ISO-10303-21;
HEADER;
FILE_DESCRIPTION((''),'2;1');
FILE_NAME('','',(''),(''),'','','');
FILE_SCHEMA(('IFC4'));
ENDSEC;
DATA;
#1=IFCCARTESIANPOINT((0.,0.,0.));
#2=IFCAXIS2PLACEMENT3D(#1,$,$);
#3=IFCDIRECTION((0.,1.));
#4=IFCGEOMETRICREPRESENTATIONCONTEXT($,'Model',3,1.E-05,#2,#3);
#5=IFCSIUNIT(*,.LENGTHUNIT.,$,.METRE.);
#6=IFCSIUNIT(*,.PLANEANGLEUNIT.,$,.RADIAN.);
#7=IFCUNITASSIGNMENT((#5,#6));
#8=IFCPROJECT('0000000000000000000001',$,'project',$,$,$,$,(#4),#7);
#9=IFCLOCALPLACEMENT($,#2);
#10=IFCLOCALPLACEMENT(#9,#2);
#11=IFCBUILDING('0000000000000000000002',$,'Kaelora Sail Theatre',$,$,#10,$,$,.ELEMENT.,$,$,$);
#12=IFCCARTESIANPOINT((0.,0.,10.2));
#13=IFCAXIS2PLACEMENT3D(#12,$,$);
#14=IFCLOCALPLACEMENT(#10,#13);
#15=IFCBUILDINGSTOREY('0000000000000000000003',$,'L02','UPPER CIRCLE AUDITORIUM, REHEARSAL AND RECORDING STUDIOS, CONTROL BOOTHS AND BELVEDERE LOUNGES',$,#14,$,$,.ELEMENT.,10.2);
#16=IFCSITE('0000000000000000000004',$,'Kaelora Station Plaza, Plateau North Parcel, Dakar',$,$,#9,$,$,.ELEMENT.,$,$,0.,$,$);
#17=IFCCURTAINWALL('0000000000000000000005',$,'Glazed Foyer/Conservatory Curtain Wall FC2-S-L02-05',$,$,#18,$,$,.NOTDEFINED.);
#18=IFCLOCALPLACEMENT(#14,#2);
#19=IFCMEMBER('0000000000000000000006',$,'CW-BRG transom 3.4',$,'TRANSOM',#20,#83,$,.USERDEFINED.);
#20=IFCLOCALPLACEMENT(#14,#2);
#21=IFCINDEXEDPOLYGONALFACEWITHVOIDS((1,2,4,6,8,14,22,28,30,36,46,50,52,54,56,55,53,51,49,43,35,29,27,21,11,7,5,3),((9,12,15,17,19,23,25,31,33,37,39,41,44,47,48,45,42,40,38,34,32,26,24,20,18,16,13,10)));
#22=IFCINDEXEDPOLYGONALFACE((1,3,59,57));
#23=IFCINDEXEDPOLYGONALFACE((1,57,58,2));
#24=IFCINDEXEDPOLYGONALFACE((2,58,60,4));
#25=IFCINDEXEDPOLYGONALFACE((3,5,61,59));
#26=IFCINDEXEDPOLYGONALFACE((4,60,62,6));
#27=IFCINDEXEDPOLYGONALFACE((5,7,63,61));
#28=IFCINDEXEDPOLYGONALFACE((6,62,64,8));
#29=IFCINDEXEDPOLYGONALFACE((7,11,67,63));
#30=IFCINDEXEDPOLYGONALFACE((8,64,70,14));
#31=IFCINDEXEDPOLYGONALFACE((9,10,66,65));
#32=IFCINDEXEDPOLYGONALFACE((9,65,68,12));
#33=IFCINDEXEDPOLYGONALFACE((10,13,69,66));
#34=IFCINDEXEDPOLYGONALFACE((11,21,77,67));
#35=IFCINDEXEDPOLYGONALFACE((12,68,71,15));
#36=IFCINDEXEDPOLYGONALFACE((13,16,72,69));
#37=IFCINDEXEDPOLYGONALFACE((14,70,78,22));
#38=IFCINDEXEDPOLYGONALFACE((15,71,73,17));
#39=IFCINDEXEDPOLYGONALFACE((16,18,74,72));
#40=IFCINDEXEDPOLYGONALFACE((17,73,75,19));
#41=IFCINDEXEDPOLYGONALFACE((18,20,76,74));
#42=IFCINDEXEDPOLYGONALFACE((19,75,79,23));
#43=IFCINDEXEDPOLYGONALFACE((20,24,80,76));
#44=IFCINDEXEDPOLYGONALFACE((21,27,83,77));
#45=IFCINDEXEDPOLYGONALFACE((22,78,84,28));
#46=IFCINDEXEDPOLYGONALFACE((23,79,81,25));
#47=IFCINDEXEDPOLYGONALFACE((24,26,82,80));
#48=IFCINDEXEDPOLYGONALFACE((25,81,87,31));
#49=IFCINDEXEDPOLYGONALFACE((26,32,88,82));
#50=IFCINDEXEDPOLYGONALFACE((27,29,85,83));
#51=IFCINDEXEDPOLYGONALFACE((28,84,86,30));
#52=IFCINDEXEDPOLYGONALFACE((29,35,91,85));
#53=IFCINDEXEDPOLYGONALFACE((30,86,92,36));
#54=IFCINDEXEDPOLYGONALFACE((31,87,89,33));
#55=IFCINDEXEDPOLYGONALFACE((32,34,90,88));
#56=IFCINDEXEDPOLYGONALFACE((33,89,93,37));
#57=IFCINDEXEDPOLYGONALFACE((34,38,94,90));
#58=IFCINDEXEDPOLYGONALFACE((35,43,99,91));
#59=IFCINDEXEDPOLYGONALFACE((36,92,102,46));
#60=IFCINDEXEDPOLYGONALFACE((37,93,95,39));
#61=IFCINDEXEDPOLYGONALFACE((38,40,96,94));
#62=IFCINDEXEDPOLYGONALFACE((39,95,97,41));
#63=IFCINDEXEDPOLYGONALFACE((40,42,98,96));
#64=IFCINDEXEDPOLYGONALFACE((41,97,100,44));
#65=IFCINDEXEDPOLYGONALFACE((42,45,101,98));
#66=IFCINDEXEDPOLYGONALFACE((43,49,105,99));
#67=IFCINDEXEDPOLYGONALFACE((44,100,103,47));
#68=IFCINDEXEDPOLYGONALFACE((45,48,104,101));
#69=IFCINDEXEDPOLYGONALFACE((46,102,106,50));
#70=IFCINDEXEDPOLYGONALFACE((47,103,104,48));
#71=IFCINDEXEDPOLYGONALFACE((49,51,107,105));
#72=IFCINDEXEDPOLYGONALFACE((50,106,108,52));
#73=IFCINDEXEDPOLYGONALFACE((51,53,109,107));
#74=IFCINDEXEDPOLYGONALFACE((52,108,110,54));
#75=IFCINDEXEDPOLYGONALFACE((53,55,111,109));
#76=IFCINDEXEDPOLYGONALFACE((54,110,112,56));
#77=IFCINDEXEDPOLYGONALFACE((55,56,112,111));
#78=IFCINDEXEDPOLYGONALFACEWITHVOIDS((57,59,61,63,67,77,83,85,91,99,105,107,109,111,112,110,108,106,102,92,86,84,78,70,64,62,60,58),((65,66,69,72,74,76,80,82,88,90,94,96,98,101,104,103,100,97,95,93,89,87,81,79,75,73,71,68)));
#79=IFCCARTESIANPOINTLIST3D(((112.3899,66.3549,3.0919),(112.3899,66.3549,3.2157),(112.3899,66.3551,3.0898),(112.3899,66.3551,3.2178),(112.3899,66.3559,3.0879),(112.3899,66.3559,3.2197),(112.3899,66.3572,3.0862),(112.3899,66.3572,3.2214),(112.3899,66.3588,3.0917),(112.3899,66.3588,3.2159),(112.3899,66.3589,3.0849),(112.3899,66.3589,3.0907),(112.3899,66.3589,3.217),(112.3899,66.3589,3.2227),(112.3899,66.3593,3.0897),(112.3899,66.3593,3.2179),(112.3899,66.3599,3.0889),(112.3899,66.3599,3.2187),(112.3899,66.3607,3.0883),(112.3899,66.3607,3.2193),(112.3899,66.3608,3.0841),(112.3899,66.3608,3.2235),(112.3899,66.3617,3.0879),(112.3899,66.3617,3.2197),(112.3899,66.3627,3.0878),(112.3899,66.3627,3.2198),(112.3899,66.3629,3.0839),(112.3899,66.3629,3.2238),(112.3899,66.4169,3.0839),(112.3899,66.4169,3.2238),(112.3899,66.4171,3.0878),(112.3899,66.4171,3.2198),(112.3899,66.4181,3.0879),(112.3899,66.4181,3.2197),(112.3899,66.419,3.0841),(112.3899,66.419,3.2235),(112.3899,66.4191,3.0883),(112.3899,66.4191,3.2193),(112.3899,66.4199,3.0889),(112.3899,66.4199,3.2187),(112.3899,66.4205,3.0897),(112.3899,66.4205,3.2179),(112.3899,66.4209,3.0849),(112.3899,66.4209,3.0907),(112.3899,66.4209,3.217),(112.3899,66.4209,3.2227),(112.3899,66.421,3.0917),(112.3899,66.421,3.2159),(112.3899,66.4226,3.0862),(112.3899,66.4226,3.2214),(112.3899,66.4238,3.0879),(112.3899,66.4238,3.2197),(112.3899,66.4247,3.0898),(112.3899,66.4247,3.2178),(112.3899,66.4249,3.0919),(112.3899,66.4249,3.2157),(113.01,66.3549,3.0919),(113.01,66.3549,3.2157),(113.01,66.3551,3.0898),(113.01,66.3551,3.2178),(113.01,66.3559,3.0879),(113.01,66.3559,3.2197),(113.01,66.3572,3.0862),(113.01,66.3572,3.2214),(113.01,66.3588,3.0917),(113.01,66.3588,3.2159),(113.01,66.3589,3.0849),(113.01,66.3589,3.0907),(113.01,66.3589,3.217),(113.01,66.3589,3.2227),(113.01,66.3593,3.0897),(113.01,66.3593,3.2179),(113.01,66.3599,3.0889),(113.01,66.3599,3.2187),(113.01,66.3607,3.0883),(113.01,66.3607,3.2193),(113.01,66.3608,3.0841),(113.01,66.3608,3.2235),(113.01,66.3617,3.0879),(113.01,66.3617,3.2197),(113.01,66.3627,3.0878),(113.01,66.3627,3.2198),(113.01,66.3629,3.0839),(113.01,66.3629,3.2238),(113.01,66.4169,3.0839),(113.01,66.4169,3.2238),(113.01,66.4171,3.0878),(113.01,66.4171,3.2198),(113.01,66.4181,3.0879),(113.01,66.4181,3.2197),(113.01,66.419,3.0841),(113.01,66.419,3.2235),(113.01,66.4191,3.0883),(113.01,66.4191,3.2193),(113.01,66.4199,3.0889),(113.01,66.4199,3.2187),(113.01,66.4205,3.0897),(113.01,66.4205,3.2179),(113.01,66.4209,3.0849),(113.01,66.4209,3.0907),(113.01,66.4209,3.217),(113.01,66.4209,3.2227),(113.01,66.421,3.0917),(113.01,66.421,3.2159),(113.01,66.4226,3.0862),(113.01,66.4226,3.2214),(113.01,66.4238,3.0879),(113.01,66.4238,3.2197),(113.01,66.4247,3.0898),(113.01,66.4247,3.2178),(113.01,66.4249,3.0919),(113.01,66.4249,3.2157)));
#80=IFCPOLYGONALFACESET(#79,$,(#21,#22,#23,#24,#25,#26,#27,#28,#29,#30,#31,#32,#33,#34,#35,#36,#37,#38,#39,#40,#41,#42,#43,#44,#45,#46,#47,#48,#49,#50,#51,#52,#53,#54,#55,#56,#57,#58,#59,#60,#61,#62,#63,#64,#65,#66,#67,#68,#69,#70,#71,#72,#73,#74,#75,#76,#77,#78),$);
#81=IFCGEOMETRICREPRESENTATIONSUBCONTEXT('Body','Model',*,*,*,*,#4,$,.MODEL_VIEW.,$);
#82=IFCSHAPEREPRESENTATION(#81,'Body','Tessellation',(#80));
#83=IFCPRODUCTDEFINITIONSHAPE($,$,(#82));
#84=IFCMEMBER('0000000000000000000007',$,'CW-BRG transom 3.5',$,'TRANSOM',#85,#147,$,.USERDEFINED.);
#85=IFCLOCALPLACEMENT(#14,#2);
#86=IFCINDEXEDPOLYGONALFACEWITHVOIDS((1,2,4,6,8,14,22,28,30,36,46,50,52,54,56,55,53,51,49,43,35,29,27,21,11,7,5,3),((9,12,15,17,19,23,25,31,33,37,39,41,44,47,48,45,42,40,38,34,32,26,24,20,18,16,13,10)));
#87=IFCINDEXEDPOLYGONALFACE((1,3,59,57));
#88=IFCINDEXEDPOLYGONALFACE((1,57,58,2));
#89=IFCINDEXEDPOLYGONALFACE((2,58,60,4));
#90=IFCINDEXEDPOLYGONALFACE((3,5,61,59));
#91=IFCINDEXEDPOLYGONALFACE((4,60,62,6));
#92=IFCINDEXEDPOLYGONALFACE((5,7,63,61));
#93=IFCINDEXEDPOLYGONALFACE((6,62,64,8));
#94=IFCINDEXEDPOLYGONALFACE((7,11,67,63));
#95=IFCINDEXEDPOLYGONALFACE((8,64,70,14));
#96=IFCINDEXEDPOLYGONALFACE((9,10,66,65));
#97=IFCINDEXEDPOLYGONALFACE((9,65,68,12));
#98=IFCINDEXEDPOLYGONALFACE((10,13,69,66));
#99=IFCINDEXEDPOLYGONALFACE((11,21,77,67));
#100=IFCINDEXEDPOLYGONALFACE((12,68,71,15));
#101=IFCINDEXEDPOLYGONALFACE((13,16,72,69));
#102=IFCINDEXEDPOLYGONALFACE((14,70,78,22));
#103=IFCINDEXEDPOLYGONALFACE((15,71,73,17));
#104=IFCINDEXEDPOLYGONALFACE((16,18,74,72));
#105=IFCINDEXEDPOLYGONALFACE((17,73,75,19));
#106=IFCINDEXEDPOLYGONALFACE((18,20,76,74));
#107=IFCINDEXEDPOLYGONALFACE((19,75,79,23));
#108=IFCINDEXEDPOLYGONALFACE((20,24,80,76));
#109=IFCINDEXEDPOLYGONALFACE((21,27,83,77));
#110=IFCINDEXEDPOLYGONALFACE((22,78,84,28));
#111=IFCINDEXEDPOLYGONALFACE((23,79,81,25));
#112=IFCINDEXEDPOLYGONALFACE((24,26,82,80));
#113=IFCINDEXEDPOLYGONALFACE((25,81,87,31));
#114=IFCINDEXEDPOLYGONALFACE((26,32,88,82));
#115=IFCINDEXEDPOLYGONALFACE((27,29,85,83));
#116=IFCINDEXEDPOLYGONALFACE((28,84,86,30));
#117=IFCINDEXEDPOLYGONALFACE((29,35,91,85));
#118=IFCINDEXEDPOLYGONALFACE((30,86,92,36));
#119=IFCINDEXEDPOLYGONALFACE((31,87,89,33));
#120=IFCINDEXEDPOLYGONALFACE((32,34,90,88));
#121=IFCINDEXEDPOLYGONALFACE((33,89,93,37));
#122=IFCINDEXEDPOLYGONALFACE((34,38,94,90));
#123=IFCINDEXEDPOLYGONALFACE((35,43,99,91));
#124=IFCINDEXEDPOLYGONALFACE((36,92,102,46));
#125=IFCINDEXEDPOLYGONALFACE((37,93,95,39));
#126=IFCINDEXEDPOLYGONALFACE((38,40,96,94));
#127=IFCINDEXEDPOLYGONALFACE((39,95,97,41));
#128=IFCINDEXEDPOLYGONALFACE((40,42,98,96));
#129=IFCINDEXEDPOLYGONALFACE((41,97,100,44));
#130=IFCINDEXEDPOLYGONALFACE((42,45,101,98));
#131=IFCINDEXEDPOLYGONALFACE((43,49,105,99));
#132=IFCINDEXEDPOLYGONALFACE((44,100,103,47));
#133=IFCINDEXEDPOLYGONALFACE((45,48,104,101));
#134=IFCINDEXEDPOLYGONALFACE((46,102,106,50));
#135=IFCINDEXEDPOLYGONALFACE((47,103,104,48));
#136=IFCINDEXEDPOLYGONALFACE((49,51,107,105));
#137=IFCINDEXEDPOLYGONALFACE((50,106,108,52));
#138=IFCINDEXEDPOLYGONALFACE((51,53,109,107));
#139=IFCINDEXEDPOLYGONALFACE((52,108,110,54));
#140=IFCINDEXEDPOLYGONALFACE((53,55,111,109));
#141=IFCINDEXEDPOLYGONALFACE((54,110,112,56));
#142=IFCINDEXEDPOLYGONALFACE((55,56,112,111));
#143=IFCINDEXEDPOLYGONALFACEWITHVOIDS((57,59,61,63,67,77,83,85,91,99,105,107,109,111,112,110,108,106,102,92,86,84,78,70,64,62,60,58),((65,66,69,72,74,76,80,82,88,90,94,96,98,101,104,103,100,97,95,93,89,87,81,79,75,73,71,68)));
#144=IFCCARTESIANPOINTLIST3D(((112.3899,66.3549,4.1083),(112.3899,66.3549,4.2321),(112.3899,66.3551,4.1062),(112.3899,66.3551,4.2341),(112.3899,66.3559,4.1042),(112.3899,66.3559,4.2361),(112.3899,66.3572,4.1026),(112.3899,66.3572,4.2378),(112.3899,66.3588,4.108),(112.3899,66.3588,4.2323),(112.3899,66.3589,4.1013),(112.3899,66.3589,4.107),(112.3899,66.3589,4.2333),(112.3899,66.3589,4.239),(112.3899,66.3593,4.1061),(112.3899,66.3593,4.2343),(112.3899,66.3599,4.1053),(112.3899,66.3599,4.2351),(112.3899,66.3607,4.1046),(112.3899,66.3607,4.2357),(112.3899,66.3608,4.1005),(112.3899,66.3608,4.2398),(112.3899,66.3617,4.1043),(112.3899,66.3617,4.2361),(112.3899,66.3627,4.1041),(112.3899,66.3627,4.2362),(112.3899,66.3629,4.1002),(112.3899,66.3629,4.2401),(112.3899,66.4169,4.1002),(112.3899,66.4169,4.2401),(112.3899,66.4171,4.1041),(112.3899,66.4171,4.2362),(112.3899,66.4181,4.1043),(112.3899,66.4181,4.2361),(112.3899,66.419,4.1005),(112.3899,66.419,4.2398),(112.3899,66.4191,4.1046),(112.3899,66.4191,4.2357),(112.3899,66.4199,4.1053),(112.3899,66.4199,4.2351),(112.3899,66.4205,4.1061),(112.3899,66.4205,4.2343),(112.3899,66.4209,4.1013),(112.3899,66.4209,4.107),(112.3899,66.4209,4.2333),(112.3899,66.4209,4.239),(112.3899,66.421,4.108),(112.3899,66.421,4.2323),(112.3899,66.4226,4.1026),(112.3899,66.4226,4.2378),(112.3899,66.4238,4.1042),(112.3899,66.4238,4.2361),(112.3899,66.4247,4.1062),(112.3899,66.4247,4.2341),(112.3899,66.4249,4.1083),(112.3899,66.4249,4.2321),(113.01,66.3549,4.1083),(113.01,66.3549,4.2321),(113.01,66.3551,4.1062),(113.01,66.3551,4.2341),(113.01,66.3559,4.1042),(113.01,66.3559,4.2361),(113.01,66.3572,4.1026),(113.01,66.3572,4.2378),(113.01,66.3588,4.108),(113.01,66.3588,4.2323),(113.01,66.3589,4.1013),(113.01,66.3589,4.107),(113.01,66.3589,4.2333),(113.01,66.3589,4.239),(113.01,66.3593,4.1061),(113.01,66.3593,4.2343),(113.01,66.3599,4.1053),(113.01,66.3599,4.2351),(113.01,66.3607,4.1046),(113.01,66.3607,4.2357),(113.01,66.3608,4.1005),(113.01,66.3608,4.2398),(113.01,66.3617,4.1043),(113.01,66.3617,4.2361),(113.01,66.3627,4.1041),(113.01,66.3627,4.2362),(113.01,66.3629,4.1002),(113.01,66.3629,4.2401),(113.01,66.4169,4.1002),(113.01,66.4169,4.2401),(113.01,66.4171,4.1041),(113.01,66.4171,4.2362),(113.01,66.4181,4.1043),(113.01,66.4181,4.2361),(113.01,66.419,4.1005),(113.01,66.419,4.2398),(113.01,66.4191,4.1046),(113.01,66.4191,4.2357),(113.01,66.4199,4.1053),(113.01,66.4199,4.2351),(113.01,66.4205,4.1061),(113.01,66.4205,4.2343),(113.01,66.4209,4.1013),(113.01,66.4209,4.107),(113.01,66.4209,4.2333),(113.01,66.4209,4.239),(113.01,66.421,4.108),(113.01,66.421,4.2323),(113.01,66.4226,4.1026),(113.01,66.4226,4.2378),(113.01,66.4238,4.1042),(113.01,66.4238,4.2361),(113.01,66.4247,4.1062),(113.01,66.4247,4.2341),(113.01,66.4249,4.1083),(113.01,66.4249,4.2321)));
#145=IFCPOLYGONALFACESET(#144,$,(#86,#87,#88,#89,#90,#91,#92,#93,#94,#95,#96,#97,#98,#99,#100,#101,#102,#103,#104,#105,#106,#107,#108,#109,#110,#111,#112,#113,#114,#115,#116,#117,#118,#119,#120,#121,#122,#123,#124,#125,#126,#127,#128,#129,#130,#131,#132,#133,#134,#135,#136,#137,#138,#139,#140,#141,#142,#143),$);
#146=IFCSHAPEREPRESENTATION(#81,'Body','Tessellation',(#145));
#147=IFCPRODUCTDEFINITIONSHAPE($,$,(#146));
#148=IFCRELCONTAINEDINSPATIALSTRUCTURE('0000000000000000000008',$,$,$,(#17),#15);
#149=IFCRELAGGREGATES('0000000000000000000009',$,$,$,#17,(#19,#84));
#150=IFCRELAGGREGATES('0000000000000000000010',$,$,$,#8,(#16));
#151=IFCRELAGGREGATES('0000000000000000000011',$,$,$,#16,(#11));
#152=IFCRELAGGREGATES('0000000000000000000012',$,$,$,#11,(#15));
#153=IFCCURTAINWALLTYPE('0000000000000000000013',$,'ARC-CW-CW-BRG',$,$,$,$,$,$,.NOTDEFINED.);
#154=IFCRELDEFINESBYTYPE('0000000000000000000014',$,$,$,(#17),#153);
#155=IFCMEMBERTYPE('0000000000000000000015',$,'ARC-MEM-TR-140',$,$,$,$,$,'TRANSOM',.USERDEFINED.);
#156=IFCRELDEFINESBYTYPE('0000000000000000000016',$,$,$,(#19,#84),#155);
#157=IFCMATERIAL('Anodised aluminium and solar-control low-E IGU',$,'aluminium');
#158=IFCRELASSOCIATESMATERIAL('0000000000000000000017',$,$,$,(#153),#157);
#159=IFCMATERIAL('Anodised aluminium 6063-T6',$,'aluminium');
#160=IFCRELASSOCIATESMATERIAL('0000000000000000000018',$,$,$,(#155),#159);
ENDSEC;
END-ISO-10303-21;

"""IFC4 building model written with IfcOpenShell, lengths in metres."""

from ifc_helpers import new_model, si_unit, direction, frame, origin, origin_2d, place, context, subcontext, project, spatial, hollow_rectangle, extrude, material, material_profile, profile_set, type_object, element, aggregate, save


model = new_model("IFC4")

# Units and contexts
model_context = context("Model", 3, precision=1e-05, world=origin(), true_north=direction((0.0, 1.0)))
body_context = subcontext(model_context, "Body", "Model", "MODEL_VIEW")
ifc_project = project(units=[si_unit("LENGTHUNIT", "METRE"), si_unit("PLANEANGLEUNIT", "RADIAN")], contexts=[model_context])

# Site, building, storey
site_placement = place(None, origin())
site = spatial("IfcSite", under=ifc_project, at=site_placement, Name="Kaelora Station Plaza, Plateau North Parcel, Dakar", CompositionType="ELEMENT", RefElevation=0.0)
building_placement = place(site_placement, origin())
building = spatial("IfcBuilding", under=site, at=building_placement, Name="Kaelora Sail Theatre", CompositionType="ELEMENT")
storey_placement = place(building_placement, frame((0.0, 0.0, 10.2)))
storey = spatial("IfcBuildingStorey", under=building, at=storey_placement, Name="L02", Description="UPPER CIRCLE AUDITORIUM, REHEARSAL AND RECORDING STUDIOS, CONTROL BOOTHS AND BELVEDERE LOUNGES", CompositionType="ELEMENT", Elevation=10.2)

# Curtain wall, members
ifc_material_1 = material(Name="Anodised aluminium and solar-control low-E IGU", Category="aluminium")
curtain_wall_type = type_object("IfcCurtainWallType", Name="ARC-CW-CW-BRG", PredefinedType="NOTDEFINED", material=ifc_material_1)
curtain_wall_placement = place(storey_placement, origin())
curtain_wall = element("IfcCurtainWall", 1, at=curtain_wall_placement, inside=storey, type_object=curtain_wall_type, Name="Glazed Foyer/Conservatory Curtain Wall FC2-S-L02-05", PredefinedType="NOTDEFINED")
ifc_material_2 = material(Name="Anodised aluminium 6063-T6", Category="aluminium")
ifc_material_profile_1 = material_profile(ifc_material_2, hollow_rectangle(XDim=0.0701, YDim=0.1399, WallThickness=0.0039, InnerFilletRadius=0.0039, OuterFilletRadius=0.0081, at=origin_2d()), Name="ALU-TRAN 70x140x4")
ifc_profile_set_1 = profile_set([ifc_material_profile_1], Name="Anodised aluminium 6063-T6")
member_type_1 = type_object("IfcMemberType", Name="ARC-MEM-TR-140", ElementType="TRANSOM", PredefinedType="USERDEFINED", material=ifc_profile_set_1)
member_1_placement = place(storey_placement, frame((112.3899, 66.3899, 3.1538), z_axis=(1.0, 0.0, 0.0), x_axis=(0.0, 1.0, 0.0)))
member_1 = element("IfcMember", 2, at=member_1_placement, type_object=member_type_1, Name="CW-BRG transom 3.4", ObjectType="TRANSOM", PredefinedType="USERDEFINED", context=body_context, shape_type="SweptSolid", body=[
    extrude(hollow_rectangle(XDim=0.0701, YDim=0.1399, WallThickness=0.0039, InnerFilletRadius=0.0039, OuterFilletRadius=0.0081, at=origin_2d()), origin(), (0.0, 0.0, 1.0), 0.6201),
])
member_2_placement = place(storey_placement, frame((112.3899, 66.3899, 4.1702), z_axis=(1.0, 0.0, 0.0), x_axis=(0.0, 1.0, 0.0)))
member_2 = element("IfcMember", 3, at=member_2_placement, type_object=member_type_1, Name="CW-BRG transom 3.5", ObjectType="TRANSOM", PredefinedType="USERDEFINED", context=body_context, shape_type="SweptSolid", body=[
    extrude(hollow_rectangle(XDim=0.0701, YDim=0.1399, WallThickness=0.0039, InnerFilletRadius=0.0039, OuterFilletRadius=0.0081, at=origin_2d()), origin(), (0.0, 0.0, 1.0), 0.6201),
])
aggregate(curtain_wall, [member_1, member_2])

save(model, "model.ifc")
